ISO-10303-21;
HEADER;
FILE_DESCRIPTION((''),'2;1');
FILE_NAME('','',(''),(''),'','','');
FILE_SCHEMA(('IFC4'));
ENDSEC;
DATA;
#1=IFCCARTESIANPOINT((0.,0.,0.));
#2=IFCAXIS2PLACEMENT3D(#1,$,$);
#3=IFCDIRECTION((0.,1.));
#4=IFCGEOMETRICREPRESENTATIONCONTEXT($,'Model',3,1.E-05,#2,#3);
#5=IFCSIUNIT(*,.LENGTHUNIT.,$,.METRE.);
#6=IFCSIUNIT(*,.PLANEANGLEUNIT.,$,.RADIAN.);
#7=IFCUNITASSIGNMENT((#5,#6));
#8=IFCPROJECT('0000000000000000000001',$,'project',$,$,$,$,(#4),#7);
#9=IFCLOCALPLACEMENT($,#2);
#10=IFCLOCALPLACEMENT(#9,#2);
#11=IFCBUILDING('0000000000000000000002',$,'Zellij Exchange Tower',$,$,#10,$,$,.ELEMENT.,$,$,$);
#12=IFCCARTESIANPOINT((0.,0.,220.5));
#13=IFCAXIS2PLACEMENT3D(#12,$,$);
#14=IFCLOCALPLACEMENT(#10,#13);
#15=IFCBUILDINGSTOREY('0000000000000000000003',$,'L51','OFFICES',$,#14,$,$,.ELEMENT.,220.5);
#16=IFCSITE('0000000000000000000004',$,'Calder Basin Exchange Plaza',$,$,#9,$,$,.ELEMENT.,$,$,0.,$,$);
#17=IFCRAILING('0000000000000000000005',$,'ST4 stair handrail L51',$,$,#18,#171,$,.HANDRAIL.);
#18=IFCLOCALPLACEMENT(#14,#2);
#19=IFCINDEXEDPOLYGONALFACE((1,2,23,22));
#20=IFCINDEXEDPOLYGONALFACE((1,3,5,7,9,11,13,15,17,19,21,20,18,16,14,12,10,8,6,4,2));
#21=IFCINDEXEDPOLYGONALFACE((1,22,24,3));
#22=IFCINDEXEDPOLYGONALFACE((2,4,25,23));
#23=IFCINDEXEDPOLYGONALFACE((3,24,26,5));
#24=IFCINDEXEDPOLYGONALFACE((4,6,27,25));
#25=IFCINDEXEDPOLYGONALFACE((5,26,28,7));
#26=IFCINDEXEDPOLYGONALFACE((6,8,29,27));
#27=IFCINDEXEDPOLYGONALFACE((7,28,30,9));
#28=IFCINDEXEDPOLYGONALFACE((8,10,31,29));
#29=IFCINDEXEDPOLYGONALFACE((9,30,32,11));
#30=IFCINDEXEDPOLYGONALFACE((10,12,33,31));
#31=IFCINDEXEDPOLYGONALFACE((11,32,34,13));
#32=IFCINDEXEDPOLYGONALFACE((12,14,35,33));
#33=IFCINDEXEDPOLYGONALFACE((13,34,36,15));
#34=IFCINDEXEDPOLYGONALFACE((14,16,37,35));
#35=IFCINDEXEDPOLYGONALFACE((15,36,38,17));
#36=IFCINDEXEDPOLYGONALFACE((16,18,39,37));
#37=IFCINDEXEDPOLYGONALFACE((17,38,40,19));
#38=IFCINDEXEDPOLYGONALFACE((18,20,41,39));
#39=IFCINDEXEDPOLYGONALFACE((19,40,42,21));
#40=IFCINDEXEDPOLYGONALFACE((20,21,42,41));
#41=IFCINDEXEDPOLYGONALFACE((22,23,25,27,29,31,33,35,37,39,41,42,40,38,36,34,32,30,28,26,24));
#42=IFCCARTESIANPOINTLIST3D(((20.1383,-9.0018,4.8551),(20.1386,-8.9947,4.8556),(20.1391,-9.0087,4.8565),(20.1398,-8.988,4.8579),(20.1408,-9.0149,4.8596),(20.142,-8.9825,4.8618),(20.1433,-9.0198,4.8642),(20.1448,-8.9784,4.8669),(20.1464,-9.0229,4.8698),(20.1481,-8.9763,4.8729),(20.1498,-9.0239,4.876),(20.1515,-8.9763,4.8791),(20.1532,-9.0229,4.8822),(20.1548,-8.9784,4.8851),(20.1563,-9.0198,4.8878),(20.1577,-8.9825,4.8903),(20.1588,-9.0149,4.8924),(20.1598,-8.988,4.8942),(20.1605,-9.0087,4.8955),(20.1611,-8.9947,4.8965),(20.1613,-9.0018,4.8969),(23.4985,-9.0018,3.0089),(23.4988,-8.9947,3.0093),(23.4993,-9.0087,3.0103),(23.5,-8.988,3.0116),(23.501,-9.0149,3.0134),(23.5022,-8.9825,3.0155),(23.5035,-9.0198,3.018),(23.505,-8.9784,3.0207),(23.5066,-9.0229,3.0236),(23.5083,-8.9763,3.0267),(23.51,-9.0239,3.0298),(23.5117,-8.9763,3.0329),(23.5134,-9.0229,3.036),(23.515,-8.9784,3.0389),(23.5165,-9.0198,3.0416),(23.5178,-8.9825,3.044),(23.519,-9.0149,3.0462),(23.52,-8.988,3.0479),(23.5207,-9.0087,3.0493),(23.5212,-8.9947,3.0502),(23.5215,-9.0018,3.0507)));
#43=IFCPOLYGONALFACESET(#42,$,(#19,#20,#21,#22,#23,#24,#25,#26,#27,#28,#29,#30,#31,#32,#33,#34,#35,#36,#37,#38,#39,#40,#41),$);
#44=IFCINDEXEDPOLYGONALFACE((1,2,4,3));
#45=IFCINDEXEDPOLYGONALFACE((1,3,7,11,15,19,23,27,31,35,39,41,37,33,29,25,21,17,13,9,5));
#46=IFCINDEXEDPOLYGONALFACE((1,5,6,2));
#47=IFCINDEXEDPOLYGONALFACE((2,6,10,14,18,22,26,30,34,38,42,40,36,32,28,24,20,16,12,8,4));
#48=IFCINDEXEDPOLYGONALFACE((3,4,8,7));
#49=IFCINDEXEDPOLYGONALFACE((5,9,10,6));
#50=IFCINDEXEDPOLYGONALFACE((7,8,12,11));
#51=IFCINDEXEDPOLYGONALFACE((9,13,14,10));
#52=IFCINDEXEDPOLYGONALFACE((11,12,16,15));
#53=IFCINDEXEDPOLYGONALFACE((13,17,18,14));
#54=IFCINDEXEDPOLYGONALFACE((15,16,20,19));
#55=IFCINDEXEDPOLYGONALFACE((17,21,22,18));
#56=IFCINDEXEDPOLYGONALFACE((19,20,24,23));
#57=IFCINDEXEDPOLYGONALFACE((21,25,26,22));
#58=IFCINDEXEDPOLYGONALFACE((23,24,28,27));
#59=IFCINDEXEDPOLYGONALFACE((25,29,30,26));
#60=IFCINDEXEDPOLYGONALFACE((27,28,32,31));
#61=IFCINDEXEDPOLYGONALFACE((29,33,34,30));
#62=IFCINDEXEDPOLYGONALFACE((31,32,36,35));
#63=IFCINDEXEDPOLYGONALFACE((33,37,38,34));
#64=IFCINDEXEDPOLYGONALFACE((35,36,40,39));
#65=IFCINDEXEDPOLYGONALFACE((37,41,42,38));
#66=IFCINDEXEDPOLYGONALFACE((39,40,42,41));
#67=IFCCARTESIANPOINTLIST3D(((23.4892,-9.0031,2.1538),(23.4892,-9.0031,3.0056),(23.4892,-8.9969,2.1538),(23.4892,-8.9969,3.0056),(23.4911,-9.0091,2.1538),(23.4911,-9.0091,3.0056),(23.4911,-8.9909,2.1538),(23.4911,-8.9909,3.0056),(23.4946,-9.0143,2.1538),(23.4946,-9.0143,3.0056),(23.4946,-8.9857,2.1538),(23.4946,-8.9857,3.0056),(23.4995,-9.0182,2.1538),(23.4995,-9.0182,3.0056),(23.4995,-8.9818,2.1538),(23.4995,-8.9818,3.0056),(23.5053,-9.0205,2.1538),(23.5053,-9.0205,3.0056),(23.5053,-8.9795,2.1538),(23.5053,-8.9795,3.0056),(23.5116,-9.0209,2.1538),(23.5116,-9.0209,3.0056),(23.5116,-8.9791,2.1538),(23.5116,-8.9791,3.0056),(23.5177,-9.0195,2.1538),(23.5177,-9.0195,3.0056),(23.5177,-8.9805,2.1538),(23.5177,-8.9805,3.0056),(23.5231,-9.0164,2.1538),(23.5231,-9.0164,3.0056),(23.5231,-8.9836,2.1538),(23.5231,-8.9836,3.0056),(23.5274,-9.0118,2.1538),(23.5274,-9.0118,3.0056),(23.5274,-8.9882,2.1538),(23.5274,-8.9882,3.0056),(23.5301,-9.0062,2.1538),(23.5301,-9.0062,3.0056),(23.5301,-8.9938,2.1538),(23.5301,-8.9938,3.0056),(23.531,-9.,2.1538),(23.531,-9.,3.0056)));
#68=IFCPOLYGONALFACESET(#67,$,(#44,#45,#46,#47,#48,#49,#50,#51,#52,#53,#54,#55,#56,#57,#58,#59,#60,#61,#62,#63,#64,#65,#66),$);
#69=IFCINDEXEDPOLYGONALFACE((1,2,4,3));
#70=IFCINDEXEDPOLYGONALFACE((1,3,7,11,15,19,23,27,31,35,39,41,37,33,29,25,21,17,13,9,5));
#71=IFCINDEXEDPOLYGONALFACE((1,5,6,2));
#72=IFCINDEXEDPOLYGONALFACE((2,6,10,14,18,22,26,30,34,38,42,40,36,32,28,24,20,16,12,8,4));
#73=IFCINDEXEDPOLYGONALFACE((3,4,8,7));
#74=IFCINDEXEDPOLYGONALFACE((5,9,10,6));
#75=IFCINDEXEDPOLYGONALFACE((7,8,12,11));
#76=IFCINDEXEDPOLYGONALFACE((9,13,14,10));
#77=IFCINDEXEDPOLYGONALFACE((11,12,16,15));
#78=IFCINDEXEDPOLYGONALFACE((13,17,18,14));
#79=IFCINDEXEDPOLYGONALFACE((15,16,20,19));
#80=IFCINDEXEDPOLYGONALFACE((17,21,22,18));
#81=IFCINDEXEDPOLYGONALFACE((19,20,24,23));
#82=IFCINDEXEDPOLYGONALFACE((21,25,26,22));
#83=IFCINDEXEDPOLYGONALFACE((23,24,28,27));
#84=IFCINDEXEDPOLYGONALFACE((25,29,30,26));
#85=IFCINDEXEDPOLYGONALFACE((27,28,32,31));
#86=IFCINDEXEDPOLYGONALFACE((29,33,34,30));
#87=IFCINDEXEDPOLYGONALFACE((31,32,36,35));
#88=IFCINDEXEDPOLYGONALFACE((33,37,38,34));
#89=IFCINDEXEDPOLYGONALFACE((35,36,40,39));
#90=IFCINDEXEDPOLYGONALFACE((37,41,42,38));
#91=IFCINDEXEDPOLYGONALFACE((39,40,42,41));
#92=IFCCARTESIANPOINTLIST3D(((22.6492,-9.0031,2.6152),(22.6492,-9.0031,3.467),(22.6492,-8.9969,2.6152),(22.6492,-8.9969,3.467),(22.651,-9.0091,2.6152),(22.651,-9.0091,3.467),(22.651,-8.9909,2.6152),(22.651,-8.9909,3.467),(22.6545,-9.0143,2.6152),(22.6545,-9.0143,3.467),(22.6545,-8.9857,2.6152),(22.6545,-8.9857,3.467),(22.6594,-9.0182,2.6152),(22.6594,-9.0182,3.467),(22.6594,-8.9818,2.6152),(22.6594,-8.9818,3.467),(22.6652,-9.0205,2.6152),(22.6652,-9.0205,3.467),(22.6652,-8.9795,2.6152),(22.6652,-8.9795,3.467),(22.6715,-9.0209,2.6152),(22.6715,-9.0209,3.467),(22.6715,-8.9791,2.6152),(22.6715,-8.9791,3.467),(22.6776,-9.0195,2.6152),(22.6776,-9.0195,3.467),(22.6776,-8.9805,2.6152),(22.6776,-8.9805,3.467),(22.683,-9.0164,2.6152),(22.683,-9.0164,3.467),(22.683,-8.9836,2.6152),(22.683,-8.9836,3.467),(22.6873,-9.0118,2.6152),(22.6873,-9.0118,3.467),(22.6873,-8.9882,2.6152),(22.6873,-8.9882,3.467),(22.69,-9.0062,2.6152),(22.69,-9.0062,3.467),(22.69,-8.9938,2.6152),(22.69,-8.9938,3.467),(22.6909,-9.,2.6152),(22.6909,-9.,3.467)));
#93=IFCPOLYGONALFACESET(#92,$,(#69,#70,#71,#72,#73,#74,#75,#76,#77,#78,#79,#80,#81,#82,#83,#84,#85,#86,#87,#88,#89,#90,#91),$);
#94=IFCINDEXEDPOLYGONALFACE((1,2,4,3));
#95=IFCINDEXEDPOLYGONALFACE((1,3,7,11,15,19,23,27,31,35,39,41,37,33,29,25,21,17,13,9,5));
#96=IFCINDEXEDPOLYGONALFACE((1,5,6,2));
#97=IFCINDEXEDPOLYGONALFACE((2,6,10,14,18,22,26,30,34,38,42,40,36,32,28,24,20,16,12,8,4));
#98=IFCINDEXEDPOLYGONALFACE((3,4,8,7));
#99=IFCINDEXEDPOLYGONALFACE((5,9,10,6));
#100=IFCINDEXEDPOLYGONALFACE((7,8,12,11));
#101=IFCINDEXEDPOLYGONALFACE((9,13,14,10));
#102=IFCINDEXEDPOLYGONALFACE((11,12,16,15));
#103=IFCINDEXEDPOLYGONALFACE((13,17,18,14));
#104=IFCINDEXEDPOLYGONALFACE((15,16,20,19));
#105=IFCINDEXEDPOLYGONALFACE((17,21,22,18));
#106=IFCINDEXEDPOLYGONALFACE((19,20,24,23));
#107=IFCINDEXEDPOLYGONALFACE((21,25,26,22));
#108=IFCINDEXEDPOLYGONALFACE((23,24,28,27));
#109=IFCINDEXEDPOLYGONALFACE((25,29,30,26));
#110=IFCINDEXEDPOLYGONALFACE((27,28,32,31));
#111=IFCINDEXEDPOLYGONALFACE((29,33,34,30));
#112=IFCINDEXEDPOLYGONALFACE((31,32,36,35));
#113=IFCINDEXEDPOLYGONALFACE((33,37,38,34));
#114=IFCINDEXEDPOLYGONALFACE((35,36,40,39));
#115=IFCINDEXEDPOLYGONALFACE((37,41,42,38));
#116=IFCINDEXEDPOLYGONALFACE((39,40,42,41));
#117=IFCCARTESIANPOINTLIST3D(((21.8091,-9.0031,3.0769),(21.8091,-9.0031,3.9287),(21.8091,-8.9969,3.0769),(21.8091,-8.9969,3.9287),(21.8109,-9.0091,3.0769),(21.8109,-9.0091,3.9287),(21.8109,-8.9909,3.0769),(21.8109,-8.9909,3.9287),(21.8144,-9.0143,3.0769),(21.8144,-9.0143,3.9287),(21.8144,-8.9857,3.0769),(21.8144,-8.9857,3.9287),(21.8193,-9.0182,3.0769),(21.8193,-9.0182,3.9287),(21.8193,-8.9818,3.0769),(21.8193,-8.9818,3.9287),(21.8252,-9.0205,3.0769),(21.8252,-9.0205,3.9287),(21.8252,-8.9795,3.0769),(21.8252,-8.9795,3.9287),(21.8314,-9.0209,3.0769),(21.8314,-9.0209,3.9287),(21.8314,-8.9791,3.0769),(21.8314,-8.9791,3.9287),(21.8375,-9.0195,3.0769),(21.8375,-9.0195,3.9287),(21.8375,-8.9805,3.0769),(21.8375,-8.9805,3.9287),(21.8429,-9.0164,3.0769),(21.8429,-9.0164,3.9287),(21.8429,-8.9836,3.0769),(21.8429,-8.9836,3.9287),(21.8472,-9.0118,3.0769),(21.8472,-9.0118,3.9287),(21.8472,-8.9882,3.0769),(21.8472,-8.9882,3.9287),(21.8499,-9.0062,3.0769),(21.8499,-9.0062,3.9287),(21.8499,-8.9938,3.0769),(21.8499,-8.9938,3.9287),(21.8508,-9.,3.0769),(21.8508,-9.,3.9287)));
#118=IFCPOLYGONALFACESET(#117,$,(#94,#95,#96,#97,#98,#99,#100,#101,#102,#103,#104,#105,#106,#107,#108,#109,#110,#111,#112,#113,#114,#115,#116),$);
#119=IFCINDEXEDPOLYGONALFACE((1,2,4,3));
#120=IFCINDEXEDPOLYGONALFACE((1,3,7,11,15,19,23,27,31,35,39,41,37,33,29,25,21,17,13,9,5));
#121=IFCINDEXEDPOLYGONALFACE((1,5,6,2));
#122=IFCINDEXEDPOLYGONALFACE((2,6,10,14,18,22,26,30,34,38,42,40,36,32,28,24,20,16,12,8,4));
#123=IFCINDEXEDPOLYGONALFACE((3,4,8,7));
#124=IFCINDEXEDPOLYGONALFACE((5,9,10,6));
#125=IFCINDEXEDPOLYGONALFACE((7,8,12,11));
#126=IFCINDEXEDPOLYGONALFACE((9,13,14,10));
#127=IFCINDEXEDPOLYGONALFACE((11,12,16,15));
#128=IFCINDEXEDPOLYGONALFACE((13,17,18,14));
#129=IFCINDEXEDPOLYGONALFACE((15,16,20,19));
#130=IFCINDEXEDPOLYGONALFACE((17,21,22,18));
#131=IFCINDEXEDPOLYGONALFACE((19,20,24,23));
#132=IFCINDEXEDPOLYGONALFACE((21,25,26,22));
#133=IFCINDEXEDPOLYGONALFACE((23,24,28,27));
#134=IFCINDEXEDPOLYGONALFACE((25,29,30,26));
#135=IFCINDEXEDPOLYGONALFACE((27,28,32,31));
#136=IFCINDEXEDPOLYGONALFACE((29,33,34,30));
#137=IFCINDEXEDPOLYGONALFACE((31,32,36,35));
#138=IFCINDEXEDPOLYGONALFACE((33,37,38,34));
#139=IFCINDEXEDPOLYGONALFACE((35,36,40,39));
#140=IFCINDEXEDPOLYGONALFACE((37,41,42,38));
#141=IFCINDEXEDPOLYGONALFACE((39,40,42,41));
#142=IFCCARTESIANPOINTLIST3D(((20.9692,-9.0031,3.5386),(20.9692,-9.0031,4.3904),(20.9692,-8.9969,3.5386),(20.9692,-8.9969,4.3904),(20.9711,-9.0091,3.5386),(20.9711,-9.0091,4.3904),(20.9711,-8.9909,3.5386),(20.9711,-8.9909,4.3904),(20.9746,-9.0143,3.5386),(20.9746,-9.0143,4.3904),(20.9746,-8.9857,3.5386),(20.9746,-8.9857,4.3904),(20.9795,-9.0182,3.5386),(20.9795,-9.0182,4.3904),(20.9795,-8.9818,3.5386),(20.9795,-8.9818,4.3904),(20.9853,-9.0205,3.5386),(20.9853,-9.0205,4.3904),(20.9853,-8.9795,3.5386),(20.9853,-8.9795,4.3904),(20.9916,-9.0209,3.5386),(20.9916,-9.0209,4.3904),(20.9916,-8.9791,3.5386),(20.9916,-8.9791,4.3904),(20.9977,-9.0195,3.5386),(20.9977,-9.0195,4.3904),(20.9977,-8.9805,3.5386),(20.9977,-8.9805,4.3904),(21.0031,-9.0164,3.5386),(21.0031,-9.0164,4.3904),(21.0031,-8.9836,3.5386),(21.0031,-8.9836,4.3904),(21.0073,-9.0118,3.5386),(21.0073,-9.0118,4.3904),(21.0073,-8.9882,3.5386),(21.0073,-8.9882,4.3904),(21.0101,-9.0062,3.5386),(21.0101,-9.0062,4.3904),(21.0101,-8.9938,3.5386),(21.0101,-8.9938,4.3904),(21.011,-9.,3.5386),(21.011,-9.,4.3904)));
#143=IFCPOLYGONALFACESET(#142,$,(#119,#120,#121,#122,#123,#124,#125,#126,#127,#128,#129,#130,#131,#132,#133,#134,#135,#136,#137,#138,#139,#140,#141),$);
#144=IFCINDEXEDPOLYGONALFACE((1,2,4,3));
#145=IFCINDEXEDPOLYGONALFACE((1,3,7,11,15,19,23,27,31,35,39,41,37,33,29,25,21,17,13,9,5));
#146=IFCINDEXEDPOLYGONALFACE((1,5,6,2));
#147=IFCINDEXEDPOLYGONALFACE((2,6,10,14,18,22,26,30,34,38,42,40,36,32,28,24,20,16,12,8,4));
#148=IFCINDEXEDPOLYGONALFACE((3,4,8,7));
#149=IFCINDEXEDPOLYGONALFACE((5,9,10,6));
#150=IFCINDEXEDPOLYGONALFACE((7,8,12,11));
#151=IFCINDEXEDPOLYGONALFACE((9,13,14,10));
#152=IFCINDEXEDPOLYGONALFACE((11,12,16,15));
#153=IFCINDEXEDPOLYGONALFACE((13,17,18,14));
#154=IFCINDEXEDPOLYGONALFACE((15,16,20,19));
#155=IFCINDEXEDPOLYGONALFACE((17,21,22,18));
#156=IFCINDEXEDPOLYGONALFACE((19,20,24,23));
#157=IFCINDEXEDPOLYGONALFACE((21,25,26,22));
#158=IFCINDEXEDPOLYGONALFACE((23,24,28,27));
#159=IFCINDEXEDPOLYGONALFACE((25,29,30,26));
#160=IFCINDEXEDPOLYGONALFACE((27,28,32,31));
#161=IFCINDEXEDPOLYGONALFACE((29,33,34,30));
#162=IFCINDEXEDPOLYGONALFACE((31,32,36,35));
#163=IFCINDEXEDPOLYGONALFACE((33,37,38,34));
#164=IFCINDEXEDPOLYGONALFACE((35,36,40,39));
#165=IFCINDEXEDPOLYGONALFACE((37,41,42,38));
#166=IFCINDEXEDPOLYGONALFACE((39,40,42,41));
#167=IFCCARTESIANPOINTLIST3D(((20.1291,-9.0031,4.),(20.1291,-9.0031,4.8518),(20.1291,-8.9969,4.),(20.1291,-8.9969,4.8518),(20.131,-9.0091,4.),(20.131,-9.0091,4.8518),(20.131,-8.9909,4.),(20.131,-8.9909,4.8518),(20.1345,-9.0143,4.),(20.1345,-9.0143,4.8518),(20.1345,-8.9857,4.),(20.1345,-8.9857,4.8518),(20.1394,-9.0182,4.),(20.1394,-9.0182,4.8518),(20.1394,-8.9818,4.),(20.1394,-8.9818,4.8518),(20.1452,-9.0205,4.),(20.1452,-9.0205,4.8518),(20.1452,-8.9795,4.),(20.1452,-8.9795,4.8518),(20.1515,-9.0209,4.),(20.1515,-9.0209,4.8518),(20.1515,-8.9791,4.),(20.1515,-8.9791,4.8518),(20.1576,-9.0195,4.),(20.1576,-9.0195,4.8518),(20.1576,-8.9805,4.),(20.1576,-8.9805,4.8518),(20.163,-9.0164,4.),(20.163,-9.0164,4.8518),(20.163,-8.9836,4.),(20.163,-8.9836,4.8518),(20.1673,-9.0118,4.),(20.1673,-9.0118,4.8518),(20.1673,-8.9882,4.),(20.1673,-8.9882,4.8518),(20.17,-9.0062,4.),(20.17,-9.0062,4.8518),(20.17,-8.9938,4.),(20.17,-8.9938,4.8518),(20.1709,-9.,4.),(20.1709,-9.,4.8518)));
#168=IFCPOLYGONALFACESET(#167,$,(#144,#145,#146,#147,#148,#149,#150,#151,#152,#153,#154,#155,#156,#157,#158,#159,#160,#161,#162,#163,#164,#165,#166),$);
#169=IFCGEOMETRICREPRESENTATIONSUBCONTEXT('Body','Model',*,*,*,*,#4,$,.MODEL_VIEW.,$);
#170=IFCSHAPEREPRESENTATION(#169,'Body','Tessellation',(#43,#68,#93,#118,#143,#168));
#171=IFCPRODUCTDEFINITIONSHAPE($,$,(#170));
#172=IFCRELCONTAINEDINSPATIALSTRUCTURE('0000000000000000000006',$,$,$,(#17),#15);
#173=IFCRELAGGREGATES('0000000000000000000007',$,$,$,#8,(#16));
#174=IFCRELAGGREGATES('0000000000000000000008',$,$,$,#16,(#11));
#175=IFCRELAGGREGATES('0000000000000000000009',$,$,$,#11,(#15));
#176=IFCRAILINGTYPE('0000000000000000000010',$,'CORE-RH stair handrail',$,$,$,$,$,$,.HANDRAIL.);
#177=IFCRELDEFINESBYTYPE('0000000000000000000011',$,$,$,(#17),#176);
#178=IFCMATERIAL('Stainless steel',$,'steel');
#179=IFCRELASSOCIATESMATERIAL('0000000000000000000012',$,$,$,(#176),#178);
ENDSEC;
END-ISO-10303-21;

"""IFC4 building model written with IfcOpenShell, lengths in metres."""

from ifc_helpers import new_model, si_unit, direction, frame, origin, origin_2d, place, context, subcontext, project, spatial, circle, extrude, material, type_object, element, save


model = new_model("IFC4")

# Units and contexts
model_context = context("Model", 3, precision=1e-05, world=origin(), true_north=direction((0.0, 1.0)))
body_context = subcontext(model_context, "Body", "Model", "MODEL_VIEW")
ifc_project = project(units=[si_unit("LENGTHUNIT", "METRE"), si_unit("PLANEANGLEUNIT", "RADIAN")], contexts=[model_context])

# Site, building, storey
site_placement = place(None, origin())
site = spatial("IfcSite", under=ifc_project, at=site_placement, Name="Calder Basin Exchange Plaza", CompositionType="ELEMENT", RefElevation=0.0)
building_placement = place(site_placement, origin())
building = spatial("IfcBuilding", under=site, at=building_placement, Name="Zellij Exchange Tower", CompositionType="ELEMENT")
storey_placement = place(building_placement, frame((0.0, 0.0, 220.5)))
storey = spatial("IfcBuildingStorey", under=building, at=storey_placement, Name="L51", Description="OFFICES", CompositionType="ELEMENT", Elevation=220.5)

# Railing
ifc_material_1 = material(Name="Stainless steel", Category="steel")
railing_type_1 = type_object("IfcRailingType", Name="CORE-RH stair handrail", PredefinedType="HANDRAIL", material=ifc_material_1)
railing_1_placement = place(storey_placement, frame((23.51, -9.0, 2.1538)))
element("IfcRailing", 1, at=railing_1_placement, inside=storey, type_object=railing_type_1, Name="ST4 stair handrail L51", PredefinedType="HANDRAIL", context=body_context, shape_type="SweptSolid", body=[
    extrude(circle(Radius=0.0239, at=origin_2d()), frame((0.0, 0.0, 0.876), z_axis=(-0.876422, 0.0, 0.481545), x_axis=(0.0, -1.0, 0.0)), (0.0, 0.0, 1.0), 3.834),
    extrude(circle(Radius=0.021, at=origin_2d()), origin(), (0.0, 0.0, 1.0), 0.8518),
    extrude(circle(Radius=0.021, at=origin_2d()), frame((-0.8401, 0.0, 0.4614)), (0.0, 0.0, 1.0), 0.8518),
    extrude(circle(Radius=0.021, at=origin_2d()), frame((-1.6802, 0.0, 0.9231)), (0.0, 0.0, 1.0), 0.8518),
    extrude(circle(Radius=0.021, at=origin_2d()), frame((-2.52, 0.0, 1.3848)), (0.0, 0.0, 1.0), 0.8518),
    extrude(circle(Radius=0.021, at=origin_2d()), frame((-3.3601, 0.0, 1.8462)), (0.0, 0.0, 1.0), 0.8518),
])

save(model, "model.ifc")
